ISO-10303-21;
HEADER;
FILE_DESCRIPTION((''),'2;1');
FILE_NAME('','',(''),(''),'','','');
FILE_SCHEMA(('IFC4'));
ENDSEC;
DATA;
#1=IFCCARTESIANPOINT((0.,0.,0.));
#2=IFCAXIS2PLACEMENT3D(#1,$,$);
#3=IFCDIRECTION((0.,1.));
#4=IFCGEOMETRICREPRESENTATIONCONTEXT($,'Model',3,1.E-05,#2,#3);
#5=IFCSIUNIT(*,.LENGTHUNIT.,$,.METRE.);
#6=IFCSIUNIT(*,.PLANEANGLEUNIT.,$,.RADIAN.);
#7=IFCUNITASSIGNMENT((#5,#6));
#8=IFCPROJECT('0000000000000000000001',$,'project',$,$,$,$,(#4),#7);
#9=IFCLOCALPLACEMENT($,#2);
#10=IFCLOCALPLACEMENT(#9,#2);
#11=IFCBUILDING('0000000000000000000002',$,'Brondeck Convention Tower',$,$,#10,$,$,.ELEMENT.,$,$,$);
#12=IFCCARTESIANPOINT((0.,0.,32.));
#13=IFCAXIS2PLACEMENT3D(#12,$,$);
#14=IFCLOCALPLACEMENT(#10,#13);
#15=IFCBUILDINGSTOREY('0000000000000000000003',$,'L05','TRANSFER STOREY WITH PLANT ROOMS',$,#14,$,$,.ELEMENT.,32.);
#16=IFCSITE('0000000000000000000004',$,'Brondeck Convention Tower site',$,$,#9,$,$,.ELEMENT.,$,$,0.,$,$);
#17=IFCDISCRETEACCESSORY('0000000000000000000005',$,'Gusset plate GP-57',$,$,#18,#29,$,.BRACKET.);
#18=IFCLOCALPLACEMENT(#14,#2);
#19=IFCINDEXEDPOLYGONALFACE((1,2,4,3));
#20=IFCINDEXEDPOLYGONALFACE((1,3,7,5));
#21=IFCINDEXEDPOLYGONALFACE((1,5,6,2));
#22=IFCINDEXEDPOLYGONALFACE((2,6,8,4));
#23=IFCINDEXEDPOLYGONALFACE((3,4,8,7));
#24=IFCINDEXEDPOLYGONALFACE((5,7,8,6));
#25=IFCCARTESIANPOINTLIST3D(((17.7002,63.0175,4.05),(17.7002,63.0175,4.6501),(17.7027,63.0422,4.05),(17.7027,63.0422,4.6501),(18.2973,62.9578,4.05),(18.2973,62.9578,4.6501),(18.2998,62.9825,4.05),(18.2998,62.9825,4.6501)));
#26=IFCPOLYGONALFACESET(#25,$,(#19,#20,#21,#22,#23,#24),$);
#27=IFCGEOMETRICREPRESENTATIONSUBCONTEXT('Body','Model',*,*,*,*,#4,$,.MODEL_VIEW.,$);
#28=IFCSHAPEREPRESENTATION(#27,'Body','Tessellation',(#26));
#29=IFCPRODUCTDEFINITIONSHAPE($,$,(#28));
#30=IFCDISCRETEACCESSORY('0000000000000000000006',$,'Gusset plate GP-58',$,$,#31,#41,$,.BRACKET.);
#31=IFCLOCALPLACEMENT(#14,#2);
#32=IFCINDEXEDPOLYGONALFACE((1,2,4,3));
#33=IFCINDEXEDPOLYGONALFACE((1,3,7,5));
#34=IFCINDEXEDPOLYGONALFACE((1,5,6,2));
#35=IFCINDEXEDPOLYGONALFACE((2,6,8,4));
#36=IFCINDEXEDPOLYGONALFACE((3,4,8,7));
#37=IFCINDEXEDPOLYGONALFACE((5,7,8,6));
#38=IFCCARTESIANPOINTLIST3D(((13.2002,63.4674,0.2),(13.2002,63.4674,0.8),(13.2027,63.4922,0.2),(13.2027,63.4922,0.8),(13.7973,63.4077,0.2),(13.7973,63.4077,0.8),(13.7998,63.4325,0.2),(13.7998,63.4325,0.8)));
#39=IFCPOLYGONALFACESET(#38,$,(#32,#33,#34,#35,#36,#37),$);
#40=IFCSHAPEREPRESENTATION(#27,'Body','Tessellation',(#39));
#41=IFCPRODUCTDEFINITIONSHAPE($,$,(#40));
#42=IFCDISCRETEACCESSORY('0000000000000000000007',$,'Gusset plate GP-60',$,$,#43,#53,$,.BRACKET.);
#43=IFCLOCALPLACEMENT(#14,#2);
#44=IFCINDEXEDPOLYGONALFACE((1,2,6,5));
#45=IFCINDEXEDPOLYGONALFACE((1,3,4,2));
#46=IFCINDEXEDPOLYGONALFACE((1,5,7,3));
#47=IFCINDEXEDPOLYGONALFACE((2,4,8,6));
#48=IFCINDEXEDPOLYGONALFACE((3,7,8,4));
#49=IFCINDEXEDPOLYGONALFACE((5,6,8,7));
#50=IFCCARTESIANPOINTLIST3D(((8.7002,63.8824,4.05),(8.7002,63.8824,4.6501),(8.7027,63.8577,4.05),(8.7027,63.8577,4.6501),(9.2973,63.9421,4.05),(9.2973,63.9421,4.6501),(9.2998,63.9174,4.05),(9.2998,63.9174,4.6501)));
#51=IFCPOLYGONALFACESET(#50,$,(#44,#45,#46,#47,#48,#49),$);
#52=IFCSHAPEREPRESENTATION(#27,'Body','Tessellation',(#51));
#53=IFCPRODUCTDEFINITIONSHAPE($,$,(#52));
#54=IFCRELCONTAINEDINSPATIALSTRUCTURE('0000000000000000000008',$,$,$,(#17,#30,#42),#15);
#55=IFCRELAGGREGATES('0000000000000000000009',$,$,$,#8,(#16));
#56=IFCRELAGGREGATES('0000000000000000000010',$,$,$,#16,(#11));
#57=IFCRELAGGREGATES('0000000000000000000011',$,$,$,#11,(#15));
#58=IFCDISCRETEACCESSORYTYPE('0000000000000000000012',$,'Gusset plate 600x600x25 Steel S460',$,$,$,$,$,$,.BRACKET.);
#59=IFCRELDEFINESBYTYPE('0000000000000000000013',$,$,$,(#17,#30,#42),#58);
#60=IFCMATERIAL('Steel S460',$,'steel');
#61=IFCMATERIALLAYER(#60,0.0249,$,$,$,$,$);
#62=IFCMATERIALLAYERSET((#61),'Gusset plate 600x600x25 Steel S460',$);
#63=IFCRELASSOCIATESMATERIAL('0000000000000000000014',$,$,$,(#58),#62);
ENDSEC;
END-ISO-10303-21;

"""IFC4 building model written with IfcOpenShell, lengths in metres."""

from ifc_helpers import new_model, si_unit, direction, frame, origin, origin_2d, place, context, subcontext, project, spatial, rectangle, extrude, material, layer, layer_set, type_object, element, save


model = new_model("IFC4")

# Units and contexts
model_context = context("Model", 3, precision=1e-05, world=origin(), true_north=direction((0.0, 1.0)))
body_context = subcontext(model_context, "Body", "Model", "MODEL_VIEW")
ifc_project = project(units=[si_unit("LENGTHUNIT", "METRE"), si_unit("PLANEANGLEUNIT", "RADIAN")], contexts=[model_context])

# Site, building, storey
site_placement = place(None, origin())
site = spatial("IfcSite", under=ifc_project, at=site_placement, Name="Brondeck Convention Tower site", CompositionType="ELEMENT", RefElevation=0.0)
building_placement = place(site_placement, origin())
building = spatial("IfcBuilding", under=site, at=building_placement, Name="Brondeck Convention Tower", CompositionType="ELEMENT")
storey_placement = place(building_placement, frame((0.0, 0.0, 32.0)))
storey = spatial("IfcBuildingStorey", under=building, at=storey_placement, Name="L05", Description="TRANSFER STOREY WITH PLANT ROOMS", CompositionType="ELEMENT", Elevation=32.0)

# Shared definitions
ifc_material_1 = material(Name="Steel S460", Category="steel")

# Discrete accessories
ifc_layer_1 = layer(ifc_material_1, 0.0249)
ifc_layer_set_1 = layer_set([ifc_layer_1], Name="Gusset plate 600x600x25 Steel S460")
discrete_accessory_type = type_object("IfcDiscreteAccessoryType", Name="Gusset plate 600x600x25 Steel S460", PredefinedType="BRACKET", material=ifc_layer_set_1)
for number, where, z_axis, x_axis, name in (
    (1, (18.0, 63.0, 4.05), (0.0, 0.0, 1.0), (-0.995036, 0.099511, 0.0), "Gusset plate GP-57"),
    (2, (13.5, 63.45, 0.2), (0.0, 0.0, 1.0), (-0.995036, 0.099511, 0.0), "Gusset plate GP-58"),
    (3, (9.0, 63.8999, 4.05), (0.0, 0.0, 1.0), (0.995036, 0.099511, 0.0), "Gusset plate GP-60"),
):
    element("IfcDiscreteAccessory", number, at=place(storey_placement, frame(where, z_axis=z_axis, x_axis=x_axis)), inside=storey, type_object=discrete_accessory_type, Name=name, PredefinedType="BRACKET", context=body_context, shape_type="SweptSolid", body=[
        extrude(rectangle(XDim=0.6001, YDim=0.0249, at=origin_2d()), origin(), (0.0, 0.0, 1.0), 0.6001),
    ])

save(model, "model.ifc")
